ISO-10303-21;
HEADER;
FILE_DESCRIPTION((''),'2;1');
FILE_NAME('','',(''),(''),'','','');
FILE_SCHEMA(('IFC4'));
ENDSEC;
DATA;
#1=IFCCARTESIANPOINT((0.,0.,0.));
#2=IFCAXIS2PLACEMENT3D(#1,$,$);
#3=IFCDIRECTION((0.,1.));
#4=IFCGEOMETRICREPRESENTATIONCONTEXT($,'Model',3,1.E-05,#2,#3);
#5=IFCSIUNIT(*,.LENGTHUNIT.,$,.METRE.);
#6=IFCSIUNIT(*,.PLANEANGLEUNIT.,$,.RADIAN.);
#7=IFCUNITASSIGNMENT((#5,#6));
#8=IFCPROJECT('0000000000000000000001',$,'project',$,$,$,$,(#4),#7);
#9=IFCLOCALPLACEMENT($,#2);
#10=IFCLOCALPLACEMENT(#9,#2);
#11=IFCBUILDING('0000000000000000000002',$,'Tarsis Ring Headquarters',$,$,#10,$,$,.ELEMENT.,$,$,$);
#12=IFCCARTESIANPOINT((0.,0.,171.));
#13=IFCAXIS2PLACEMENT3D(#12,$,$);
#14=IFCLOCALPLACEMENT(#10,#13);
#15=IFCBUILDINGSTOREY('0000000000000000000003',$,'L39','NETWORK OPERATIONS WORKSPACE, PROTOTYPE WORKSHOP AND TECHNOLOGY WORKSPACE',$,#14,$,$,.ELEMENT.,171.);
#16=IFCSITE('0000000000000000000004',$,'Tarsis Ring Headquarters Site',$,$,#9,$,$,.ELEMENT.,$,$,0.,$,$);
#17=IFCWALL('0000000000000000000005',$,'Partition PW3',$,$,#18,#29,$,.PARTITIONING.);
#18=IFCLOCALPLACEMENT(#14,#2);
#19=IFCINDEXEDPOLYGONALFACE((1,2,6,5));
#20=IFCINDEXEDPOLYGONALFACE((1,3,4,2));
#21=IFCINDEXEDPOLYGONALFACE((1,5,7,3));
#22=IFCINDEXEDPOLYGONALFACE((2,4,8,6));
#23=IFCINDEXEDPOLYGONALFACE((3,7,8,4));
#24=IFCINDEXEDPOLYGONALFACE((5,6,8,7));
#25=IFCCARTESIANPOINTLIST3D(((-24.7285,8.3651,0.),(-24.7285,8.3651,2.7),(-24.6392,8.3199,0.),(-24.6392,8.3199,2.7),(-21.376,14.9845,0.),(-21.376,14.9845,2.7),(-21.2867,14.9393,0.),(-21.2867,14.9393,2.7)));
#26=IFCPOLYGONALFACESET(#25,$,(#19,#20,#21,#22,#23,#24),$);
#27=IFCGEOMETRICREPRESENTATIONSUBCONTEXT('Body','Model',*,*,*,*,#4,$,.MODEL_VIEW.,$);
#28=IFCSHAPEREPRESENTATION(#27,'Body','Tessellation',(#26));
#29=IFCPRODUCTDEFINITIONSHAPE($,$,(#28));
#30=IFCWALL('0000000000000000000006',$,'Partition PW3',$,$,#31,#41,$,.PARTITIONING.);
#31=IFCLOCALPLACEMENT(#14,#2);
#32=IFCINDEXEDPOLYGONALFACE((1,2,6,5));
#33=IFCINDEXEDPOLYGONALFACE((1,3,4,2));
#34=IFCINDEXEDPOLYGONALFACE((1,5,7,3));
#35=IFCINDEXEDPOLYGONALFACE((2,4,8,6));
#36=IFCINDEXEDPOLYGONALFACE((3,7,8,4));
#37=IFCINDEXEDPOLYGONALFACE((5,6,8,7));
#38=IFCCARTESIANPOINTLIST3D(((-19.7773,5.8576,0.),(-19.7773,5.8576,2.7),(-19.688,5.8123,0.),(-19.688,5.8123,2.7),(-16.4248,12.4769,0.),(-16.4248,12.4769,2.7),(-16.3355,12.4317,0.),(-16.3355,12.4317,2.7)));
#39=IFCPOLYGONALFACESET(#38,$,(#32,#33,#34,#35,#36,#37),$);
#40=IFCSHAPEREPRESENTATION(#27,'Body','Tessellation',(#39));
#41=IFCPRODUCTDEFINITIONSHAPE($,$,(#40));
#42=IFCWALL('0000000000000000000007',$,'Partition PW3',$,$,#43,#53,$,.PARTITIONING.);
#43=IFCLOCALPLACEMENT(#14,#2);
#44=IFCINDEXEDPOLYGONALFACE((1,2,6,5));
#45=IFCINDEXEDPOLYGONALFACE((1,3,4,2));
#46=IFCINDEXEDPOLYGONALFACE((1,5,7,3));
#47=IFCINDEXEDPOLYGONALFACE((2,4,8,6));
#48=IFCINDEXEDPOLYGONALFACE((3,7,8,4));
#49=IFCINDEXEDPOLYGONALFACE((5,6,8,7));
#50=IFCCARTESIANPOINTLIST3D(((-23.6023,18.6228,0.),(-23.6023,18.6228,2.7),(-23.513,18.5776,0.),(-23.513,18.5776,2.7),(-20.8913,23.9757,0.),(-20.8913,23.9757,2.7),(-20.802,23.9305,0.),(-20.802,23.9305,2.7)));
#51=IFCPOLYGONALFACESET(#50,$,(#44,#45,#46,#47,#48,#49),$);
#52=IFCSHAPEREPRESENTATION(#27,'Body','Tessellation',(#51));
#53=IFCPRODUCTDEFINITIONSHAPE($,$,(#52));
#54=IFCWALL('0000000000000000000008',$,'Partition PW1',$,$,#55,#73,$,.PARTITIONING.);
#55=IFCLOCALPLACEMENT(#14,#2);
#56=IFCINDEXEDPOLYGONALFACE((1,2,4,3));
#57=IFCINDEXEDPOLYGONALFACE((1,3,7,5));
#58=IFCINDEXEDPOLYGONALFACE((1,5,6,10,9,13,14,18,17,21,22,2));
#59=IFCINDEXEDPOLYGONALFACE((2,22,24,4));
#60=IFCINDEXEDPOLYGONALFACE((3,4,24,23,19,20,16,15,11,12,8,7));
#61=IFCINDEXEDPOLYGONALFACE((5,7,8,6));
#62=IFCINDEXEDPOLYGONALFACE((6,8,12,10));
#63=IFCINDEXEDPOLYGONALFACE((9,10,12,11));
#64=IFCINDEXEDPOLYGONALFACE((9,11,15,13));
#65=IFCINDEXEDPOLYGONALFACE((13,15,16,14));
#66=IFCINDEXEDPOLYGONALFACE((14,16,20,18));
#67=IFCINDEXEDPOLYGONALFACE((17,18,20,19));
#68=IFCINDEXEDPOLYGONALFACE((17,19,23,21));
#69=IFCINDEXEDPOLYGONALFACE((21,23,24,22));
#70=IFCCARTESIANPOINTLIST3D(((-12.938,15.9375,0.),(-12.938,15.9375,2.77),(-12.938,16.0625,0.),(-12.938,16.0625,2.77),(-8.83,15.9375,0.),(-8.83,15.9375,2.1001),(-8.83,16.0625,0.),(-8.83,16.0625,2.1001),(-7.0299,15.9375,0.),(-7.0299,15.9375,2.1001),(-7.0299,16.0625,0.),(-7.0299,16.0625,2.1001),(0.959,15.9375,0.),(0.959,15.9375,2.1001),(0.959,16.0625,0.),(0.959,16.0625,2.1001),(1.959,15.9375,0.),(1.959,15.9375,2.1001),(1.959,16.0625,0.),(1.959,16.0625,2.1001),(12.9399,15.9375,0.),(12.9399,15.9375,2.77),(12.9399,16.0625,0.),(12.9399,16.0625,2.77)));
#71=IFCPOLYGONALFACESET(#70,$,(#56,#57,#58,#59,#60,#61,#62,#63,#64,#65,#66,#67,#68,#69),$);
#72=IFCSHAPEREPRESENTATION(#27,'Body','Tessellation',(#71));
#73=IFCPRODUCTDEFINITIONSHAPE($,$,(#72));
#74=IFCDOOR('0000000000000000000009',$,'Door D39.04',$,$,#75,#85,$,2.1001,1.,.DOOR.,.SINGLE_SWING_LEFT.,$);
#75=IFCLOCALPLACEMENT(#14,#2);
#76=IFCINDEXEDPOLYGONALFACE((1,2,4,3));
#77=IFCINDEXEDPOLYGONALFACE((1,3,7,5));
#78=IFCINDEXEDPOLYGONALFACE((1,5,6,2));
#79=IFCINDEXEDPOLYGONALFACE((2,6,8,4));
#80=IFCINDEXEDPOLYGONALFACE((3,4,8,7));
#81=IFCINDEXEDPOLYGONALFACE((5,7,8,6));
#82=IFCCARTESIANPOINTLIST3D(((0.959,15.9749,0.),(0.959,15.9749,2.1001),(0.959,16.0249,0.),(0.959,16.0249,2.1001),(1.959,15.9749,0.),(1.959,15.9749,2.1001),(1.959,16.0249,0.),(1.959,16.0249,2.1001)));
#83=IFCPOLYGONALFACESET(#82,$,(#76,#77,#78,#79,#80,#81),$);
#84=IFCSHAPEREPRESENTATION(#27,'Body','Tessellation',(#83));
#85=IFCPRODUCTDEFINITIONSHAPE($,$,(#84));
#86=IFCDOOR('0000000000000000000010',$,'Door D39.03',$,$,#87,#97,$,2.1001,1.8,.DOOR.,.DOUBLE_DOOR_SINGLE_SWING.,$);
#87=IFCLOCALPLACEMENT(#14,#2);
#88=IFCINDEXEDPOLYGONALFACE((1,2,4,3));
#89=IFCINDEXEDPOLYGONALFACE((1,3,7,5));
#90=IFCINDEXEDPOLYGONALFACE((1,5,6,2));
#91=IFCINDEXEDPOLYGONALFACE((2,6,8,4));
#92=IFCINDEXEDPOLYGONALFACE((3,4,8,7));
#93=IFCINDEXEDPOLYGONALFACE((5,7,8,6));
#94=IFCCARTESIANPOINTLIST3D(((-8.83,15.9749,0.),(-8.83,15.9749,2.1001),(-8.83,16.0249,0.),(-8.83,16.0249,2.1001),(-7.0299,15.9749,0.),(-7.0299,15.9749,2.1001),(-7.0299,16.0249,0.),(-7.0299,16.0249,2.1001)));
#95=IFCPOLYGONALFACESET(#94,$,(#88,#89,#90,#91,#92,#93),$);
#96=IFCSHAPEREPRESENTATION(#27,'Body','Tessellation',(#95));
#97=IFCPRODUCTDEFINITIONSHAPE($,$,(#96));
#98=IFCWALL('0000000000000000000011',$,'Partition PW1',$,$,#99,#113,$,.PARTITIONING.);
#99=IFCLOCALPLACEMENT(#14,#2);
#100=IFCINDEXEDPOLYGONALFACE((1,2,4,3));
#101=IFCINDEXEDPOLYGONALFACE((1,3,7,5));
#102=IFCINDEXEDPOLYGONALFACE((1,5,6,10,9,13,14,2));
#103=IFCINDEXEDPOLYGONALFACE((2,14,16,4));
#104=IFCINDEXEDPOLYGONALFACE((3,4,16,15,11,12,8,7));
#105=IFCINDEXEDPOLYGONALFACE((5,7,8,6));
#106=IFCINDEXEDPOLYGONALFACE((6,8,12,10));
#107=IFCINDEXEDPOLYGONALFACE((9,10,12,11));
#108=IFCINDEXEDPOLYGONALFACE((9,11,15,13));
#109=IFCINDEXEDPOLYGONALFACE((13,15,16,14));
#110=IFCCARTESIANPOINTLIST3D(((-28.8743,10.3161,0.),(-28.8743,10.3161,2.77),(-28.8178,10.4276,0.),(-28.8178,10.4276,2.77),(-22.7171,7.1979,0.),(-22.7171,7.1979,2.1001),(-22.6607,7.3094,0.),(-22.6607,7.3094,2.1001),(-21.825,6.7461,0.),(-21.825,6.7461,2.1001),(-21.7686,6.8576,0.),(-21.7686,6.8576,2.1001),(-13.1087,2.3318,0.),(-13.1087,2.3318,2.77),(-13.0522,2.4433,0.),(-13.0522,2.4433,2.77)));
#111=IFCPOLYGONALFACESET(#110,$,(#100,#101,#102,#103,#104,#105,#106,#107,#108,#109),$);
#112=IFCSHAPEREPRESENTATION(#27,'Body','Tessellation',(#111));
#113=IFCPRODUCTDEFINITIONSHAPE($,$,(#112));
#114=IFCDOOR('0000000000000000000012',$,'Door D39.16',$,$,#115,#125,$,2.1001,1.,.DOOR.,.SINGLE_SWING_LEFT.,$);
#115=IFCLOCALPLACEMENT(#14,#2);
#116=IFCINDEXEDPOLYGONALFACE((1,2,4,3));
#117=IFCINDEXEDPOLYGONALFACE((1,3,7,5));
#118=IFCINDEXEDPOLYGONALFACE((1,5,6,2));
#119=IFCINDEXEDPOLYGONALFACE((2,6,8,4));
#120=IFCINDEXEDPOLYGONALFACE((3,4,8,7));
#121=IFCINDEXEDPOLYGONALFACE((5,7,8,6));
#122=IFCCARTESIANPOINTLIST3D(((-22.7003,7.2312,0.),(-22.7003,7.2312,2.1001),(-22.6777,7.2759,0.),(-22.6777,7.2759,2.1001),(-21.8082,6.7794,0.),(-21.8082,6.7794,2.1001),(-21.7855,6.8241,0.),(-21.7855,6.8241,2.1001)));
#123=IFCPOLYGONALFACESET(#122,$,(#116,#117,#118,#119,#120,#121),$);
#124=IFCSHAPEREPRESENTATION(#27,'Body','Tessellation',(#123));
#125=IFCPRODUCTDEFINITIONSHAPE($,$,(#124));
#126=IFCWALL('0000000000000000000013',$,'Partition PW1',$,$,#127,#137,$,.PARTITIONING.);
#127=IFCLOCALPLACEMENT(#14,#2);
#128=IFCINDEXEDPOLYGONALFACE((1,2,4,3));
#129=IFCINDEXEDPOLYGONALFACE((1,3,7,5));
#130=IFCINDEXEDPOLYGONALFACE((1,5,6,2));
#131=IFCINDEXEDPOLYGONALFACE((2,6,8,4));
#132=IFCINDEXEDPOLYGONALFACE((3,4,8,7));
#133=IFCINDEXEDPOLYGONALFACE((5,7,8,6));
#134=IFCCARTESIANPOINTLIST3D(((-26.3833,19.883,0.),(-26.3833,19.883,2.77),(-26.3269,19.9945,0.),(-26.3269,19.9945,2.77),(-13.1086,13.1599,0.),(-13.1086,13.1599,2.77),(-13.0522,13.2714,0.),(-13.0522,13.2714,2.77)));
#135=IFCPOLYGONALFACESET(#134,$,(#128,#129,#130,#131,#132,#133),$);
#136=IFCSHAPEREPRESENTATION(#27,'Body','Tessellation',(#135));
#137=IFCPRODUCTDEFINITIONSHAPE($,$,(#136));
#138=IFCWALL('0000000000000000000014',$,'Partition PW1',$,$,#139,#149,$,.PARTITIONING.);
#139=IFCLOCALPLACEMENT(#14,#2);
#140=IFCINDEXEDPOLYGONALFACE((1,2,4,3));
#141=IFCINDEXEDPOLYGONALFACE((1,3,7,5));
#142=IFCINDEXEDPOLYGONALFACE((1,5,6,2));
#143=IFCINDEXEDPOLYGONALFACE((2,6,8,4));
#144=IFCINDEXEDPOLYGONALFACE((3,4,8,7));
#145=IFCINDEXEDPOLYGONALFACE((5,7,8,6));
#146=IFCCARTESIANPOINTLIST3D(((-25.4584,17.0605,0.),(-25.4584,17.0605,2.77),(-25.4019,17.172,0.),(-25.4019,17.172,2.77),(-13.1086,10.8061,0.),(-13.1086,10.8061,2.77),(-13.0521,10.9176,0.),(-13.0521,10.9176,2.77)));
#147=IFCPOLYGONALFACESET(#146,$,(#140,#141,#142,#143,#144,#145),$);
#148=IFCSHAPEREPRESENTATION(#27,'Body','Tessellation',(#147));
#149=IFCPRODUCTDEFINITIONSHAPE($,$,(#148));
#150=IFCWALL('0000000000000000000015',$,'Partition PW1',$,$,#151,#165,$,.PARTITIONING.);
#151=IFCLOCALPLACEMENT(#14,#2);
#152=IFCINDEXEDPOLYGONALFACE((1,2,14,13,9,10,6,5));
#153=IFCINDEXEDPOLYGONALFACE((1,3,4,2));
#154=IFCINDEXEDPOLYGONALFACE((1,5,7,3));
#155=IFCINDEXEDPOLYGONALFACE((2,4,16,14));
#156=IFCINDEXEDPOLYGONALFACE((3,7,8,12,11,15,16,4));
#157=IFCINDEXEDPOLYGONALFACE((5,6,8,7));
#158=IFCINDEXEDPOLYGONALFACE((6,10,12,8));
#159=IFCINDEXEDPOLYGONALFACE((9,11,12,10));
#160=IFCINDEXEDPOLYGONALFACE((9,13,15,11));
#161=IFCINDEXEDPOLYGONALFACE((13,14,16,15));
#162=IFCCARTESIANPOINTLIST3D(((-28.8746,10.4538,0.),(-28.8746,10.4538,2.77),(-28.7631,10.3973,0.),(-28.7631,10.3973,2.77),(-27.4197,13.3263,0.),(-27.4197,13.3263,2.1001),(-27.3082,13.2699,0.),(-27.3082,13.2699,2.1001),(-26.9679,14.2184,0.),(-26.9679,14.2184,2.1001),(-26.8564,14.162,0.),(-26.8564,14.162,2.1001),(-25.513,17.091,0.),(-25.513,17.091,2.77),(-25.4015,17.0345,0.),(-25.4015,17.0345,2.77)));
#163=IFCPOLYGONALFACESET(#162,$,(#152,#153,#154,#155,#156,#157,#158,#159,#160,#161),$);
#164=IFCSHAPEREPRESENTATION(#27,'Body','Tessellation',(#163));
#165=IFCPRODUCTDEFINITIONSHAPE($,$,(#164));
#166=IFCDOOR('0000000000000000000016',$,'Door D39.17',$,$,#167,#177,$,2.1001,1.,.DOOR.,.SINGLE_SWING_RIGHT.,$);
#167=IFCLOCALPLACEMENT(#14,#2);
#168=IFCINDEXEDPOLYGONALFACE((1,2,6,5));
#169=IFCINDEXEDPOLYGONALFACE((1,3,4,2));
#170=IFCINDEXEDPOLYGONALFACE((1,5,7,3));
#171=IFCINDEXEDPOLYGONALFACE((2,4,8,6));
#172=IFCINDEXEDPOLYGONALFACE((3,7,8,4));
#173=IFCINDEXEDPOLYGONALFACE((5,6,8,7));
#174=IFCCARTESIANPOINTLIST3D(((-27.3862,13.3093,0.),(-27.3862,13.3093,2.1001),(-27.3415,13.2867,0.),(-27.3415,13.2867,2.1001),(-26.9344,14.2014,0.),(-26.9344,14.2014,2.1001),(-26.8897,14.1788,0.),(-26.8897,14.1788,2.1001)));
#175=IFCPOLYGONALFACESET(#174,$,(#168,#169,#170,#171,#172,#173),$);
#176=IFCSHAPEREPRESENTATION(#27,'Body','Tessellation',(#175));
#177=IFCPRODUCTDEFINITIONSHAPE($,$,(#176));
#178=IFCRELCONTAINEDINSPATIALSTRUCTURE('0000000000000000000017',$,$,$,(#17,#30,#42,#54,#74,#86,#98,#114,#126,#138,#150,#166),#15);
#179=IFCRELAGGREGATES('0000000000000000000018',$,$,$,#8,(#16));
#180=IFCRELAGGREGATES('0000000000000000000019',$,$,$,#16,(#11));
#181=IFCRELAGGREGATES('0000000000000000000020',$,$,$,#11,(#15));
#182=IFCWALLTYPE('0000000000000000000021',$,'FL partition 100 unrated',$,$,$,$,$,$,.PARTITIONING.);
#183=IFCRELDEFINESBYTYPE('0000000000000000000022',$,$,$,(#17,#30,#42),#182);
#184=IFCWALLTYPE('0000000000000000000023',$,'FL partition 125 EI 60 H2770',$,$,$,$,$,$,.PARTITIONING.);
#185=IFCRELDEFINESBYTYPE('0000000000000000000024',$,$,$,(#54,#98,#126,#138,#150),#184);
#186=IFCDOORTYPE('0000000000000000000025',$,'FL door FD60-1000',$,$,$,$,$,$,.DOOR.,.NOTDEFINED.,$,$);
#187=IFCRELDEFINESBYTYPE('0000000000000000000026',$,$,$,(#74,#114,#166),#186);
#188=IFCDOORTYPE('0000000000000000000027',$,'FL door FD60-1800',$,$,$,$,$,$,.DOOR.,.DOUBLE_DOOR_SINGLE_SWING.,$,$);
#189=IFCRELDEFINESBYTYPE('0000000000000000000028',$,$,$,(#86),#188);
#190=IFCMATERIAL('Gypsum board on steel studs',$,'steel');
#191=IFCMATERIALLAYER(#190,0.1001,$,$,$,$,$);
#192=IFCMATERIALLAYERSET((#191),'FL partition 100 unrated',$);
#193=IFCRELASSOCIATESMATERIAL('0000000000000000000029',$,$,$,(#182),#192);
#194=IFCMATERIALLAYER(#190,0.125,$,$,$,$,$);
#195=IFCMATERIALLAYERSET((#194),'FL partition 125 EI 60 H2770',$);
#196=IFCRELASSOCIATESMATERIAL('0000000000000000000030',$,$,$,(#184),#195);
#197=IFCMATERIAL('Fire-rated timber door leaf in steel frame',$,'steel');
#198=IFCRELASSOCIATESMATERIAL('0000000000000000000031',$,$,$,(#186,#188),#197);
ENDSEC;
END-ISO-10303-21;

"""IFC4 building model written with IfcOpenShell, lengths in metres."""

from ifc_helpers import new_model, si_unit, direction, frame, frame_2d, origin, place, context, subcontext, project, spatial, rectangle, extrude, material, layer, layer_set, type_object, element, fill, save


model = new_model("IFC4")

# Units and contexts
model_context = context("Model", 3, precision=1e-05, world=origin(), true_north=direction((0.0, 1.0)))
body_context = subcontext(model_context, "Body", "Model", "MODEL_VIEW")
ifc_project = project(units=[si_unit("LENGTHUNIT", "METRE"), si_unit("PLANEANGLEUNIT", "RADIAN")], contexts=[model_context])

# Site, building, storey
site_placement = place(None, origin())
site = spatial("IfcSite", under=ifc_project, at=site_placement, Name="Tarsis Ring Headquarters Site", CompositionType="ELEMENT", RefElevation=0.0)
building_placement = place(site_placement, origin())
building = spatial("IfcBuilding", under=site, at=building_placement, Name="Tarsis Ring Headquarters", CompositionType="ELEMENT")
storey_placement = place(building_placement, frame((0.0, 0.0, 171.0)))
storey = spatial("IfcBuildingStorey", under=building, at=storey_placement, Name="L39", Description="NETWORK OPERATIONS WORKSPACE, PROTOTYPE WORKSHOP AND TECHNOLOGY WORKSPACE", CompositionType="ELEMENT", Elevation=171.0)

# Walls
ifc_material_1 = material(Name="Gypsum board on steel studs", Category="steel")
ifc_layer_1 = layer(ifc_material_1, 0.1001)
ifc_layer_set_1 = layer_set([ifc_layer_1], Name="FL partition 100 unrated")
wall_type_1 = type_object("IfcWallType", Name="FL partition 100 unrated", PredefinedType="PARTITIONING", material=ifc_layer_set_1)
for number, where, z_axis, x_axis, name in (
    (1, (-24.6838, 8.3425, 0.0), (0.0, 0.0, 1.0), (0.451827, 0.892105, 0.0), "Partition PW3"),
    (2, (-19.7327, 5.835, 0.0), (0.0, 0.0, 1.0), (0.451827, 0.892105, 0.0), "Partition PW3"),
):
    element("IfcWall", number, at=place(storey_placement, frame(where, z_axis=z_axis, x_axis=x_axis)), inside=storey, type_object=wall_type_1, Name=name, PredefinedType="PARTITIONING", context=body_context, shape_type="SweptSolid", body=[
        extrude(rectangle(XDim=7.4199, YDim=0.1001, at=frame_2d((3.71, 0.0))), origin(), (0.0, 0.0, 1.0), 2.7),
    ])
wall_1_placement = place(storey_placement, frame((-23.5576, 18.6003, 0.0), z_axis=(0.0, 0.0, 1.0), x_axis=(0.451814, 0.892112, 0.0)))
element("IfcWall", 3, at=wall_1_placement, inside=storey, type_object=wall_type_1, Name="Partition PW3", PredefinedType="PARTITIONING", context=body_context, shape_type="SweptSolid", body=[
    extrude(rectangle(XDim=6.0002, YDim=0.1001, at=frame_2d((3.0, 0.0))), origin(), (0.0, 0.0, 1.0), 2.7),
])

# Wall, openings, doors
ifc_layer_2 = layer(ifc_material_1, 0.125)
ifc_layer_set_2 = layer_set([ifc_layer_2], Name="FL partition 125 EI 60 H2770")
wall_type_2 = type_object("IfcWallType", Name="FL partition 125 EI 60 H2770", PredefinedType="PARTITIONING", material=ifc_layer_set_2)
wall_2_placement = place(storey_placement, frame((-12.938, 16.0, 0.0), z_axis=(0.0, 0.0, 1.0), x_axis=(1.0, 0.0, 0.0)))
wall_2 = element("IfcWall", 4, at=wall_2_placement, inside=storey, type_object=wall_type_2, Name="Partition PW1", PredefinedType="PARTITIONING", context=body_context, shape_type="SweptSolid", body=[
    extrude(rectangle(XDim=25.8779, YDim=0.125, at=frame_2d((12.939, 0.0))), origin(), (0.0, 0.0, 1.0), 2.77),
])
opening_1_placement = place(wall_2_placement, frame((4.1082, 0.0, 0.0)))
opening_1 = element("IfcOpeningElement", 5, at=opening_1_placement, cuts=wall_2, PredefinedType="OPENING", context=body_context, shape_type="SweptSolid", body=[
    extrude(rectangle(XDim=1.8, YDim=2.1001, at=frame_2d((0.8999, 1.05))), frame((0.0, 0.0725, 0.0), z_axis=(0.0, -1.0, 0.0), x_axis=(1.0, 0.0, 0.0)), (0.0, 0.0, 1.0), 0.145),
])
opening_2_placement = place(wall_2_placement, frame((13.897, 0.0, 0.0)))
opening_2 = element("IfcOpeningElement", 6, at=opening_2_placement, cuts=wall_2, PredefinedType="OPENING", context=body_context, shape_type="SweptSolid", body=[
    extrude(rectangle(XDim=1.0, YDim=2.1001, at=frame_2d((0.5, 1.05))), frame((0.0, 0.0725, 0.0), z_axis=(0.0, -1.0, 0.0), x_axis=(1.0, 0.0, 0.0)), (0.0, 0.0, 1.0), 0.145),
])
ifc_material_2 = material(Name="Fire-rated timber door leaf in steel frame", Category="steel")
door_type_1 = type_object("IfcDoorType", Name="FL door FD60-1000", OperationType="NOTDEFINED", PredefinedType="DOOR", material=ifc_material_2)
door_1_placement = place(opening_2_placement, origin())
door_1 = element("IfcDoor", 7, at=door_1_placement, inside=storey, type_object=door_type_1, Name="Door D39.04", OperationType="SINGLE_SWING_LEFT", OverallHeight=2.1001, OverallWidth=1.0, PredefinedType="DOOR", context=body_context, shape_type="SweptSolid", body=[
    extrude(rectangle(XDim=1.0, YDim=2.1001, at=frame_2d((0.5, 1.05))), frame((0.0, 0.0249, 0.0), z_axis=(0.0, -1.0, 0.0), x_axis=(1.0, 0.0, 0.0)), (0.0, 0.0, 1.0), 0.05),
])
fill(opening_2, door_1)
door_type_2 = type_object("IfcDoorType", Name="FL door FD60-1800", OperationType="DOUBLE_DOOR_SINGLE_SWING", PredefinedType="DOOR", material=ifc_material_2)
door_2_placement = place(opening_1_placement, origin())
door_2 = element("IfcDoor", 8, at=door_2_placement, inside=storey, type_object=door_type_2, Name="Door D39.03", OperationType="DOUBLE_DOOR_SINGLE_SWING", OverallHeight=2.1001, OverallWidth=1.8, PredefinedType="DOOR", context=body_context, shape_type="SweptSolid", body=[
    extrude(rectangle(XDim=1.8, YDim=2.1001, at=frame_2d((0.8999, 1.05))), frame((0.0, 0.0249, 0.0), z_axis=(0.0, -1.0, 0.0), x_axis=(1.0, 0.0, 0.0)), (0.0, 0.0, 1.0), 0.05),
])
fill(opening_1, door_2)

# Wall, opening, door
wall_3_placement = place(storey_placement, frame((-28.8459, 10.3718, 0.0), z_axis=(0.0, 0.0, 1.0), x_axis=(0.892117, -0.451805, 0.0)))
wall_3 = element("IfcWall", 9, at=wall_3_placement, inside=storey, type_object=wall_type_2, Name="Partition PW1", PredefinedType="PARTITIONING", context=body_context, shape_type="SweptSolid", body=[
    extrude(rectangle(XDim=17.6721, YDim=0.125, at=frame_2d((8.8359, 0.0))), origin(), (0.0, 0.0, 1.0), 2.77),
])
opening_3_placement = place(wall_3_placement, frame((6.9016, 0.0, 0.0)))
opening_3 = element("IfcOpeningElement", 10, at=opening_3_placement, cuts=wall_3, PredefinedType="OPENING", context=body_context, shape_type="SweptSolid", body=[
    extrude(rectangle(XDim=1.0, YDim=2.1001, at=frame_2d((0.5, 1.05))), frame((0.0, 0.0725, 0.0), z_axis=(0.0, -1.0, 0.0), x_axis=(1.0, 0.0, 0.0)), (0.0, 0.0, 1.0), 0.145),
])
door_3_placement = place(opening_3_placement, origin())
door_3 = element("IfcDoor", 11, at=door_3_placement, inside=storey, type_object=door_type_1, Name="Door D39.16", OperationType="SINGLE_SWING_LEFT", OverallHeight=2.1001, OverallWidth=1.0, PredefinedType="DOOR", context=body_context, shape_type="SweptSolid", body=[
    extrude(rectangle(XDim=1.0, YDim=2.1001, at=frame_2d((0.5, 1.05))), frame((0.0, 0.0249, 0.0), z_axis=(0.0, -1.0, 0.0), x_axis=(1.0, 0.0, 0.0)), (0.0, 0.0, 1.0), 0.05),
])
fill(opening_3, door_3)

# Walls
wall_4_placement = place(storey_placement, frame((-26.355, 19.9387, 0.0), z_axis=(0.0, 0.0, 1.0), x_axis=(0.892108, -0.451821, 0.0)))
element("IfcWall", 12, at=wall_4_placement, inside=storey, type_object=wall_type_2, Name="Partition PW1", PredefinedType="PARTITIONING", context=body_context, shape_type="SweptSolid", body=[
    extrude(rectangle(XDim=14.8801, YDim=0.125, at=frame_2d((7.4399, 0.0))), origin(), (0.0, 0.0, 1.0), 2.77),
])
wall_5_placement = place(storey_placement, frame((-25.4302, 17.1162, 0.0), z_axis=(0.0, 0.0, 1.0), x_axis=(0.892119, -0.4518, 0.0)))
element("IfcWall", 13, at=wall_5_placement, inside=storey, type_object=wall_type_2, Name="Partition PW1", PredefinedType="PARTITIONING", context=body_context, shape_type="SweptSolid", body=[
    extrude(rectangle(XDim=13.8433, YDim=0.125, at=frame_2d((6.9216, 0.0))), origin(), (0.0, 0.0, 1.0), 2.77),
])

# Wall, opening, door
wall_6_placement = place(storey_placement, frame((-28.8188, 10.4255, 0.0), z_axis=(0.0, 0.0, 1.0), x_axis=(0.451828, 0.892105, 0.0)))
wall_6 = element("IfcWall", 14, at=wall_6_placement, inside=storey, type_object=wall_type_2, Name="Partition PW1", PredefinedType="PARTITIONING", context=body_context, shape_type="SweptSolid", body=[
    extrude(rectangle(XDim=7.4399, YDim=0.125, at=frame_2d((3.72, 0.0))), origin(), (0.0, 0.0, 1.0), 2.77),
])
opening_4_placement = place(wall_6_placement, frame((3.22, 0.0, 0.0)))
opening_4 = element("IfcOpeningElement", 15, at=opening_4_placement, cuts=wall_6, PredefinedType="OPENING", context=body_context, shape_type="SweptSolid", body=[
    extrude(rectangle(XDim=1.0, YDim=2.1001, at=frame_2d((0.5, 1.05))), frame((0.0, 0.0725, 0.0), z_axis=(0.0, -1.0, 0.0), x_axis=(1.0, 0.0, 0.0)), (0.0, 0.0, 1.0), 0.145),
])
door_4_placement = place(opening_4_placement, origin())
door_4 = element("IfcDoor", 16, at=door_4_placement, inside=storey, type_object=door_type_1, Name="Door D39.17", OperationType="SINGLE_SWING_RIGHT", OverallHeight=2.1001, OverallWidth=1.0, PredefinedType="DOOR", context=body_context, shape_type="SweptSolid", body=[
    extrude(rectangle(XDim=1.0, YDim=2.1001, at=frame_2d((0.5, 1.05))), frame((0.0, 0.0249, 0.0), z_axis=(0.0, -1.0, 0.0), x_axis=(1.0, 0.0, 0.0)), (0.0, 0.0, 1.0), 0.05),
])
fill(opening_4, door_4)

save(model, "model.ifc")
